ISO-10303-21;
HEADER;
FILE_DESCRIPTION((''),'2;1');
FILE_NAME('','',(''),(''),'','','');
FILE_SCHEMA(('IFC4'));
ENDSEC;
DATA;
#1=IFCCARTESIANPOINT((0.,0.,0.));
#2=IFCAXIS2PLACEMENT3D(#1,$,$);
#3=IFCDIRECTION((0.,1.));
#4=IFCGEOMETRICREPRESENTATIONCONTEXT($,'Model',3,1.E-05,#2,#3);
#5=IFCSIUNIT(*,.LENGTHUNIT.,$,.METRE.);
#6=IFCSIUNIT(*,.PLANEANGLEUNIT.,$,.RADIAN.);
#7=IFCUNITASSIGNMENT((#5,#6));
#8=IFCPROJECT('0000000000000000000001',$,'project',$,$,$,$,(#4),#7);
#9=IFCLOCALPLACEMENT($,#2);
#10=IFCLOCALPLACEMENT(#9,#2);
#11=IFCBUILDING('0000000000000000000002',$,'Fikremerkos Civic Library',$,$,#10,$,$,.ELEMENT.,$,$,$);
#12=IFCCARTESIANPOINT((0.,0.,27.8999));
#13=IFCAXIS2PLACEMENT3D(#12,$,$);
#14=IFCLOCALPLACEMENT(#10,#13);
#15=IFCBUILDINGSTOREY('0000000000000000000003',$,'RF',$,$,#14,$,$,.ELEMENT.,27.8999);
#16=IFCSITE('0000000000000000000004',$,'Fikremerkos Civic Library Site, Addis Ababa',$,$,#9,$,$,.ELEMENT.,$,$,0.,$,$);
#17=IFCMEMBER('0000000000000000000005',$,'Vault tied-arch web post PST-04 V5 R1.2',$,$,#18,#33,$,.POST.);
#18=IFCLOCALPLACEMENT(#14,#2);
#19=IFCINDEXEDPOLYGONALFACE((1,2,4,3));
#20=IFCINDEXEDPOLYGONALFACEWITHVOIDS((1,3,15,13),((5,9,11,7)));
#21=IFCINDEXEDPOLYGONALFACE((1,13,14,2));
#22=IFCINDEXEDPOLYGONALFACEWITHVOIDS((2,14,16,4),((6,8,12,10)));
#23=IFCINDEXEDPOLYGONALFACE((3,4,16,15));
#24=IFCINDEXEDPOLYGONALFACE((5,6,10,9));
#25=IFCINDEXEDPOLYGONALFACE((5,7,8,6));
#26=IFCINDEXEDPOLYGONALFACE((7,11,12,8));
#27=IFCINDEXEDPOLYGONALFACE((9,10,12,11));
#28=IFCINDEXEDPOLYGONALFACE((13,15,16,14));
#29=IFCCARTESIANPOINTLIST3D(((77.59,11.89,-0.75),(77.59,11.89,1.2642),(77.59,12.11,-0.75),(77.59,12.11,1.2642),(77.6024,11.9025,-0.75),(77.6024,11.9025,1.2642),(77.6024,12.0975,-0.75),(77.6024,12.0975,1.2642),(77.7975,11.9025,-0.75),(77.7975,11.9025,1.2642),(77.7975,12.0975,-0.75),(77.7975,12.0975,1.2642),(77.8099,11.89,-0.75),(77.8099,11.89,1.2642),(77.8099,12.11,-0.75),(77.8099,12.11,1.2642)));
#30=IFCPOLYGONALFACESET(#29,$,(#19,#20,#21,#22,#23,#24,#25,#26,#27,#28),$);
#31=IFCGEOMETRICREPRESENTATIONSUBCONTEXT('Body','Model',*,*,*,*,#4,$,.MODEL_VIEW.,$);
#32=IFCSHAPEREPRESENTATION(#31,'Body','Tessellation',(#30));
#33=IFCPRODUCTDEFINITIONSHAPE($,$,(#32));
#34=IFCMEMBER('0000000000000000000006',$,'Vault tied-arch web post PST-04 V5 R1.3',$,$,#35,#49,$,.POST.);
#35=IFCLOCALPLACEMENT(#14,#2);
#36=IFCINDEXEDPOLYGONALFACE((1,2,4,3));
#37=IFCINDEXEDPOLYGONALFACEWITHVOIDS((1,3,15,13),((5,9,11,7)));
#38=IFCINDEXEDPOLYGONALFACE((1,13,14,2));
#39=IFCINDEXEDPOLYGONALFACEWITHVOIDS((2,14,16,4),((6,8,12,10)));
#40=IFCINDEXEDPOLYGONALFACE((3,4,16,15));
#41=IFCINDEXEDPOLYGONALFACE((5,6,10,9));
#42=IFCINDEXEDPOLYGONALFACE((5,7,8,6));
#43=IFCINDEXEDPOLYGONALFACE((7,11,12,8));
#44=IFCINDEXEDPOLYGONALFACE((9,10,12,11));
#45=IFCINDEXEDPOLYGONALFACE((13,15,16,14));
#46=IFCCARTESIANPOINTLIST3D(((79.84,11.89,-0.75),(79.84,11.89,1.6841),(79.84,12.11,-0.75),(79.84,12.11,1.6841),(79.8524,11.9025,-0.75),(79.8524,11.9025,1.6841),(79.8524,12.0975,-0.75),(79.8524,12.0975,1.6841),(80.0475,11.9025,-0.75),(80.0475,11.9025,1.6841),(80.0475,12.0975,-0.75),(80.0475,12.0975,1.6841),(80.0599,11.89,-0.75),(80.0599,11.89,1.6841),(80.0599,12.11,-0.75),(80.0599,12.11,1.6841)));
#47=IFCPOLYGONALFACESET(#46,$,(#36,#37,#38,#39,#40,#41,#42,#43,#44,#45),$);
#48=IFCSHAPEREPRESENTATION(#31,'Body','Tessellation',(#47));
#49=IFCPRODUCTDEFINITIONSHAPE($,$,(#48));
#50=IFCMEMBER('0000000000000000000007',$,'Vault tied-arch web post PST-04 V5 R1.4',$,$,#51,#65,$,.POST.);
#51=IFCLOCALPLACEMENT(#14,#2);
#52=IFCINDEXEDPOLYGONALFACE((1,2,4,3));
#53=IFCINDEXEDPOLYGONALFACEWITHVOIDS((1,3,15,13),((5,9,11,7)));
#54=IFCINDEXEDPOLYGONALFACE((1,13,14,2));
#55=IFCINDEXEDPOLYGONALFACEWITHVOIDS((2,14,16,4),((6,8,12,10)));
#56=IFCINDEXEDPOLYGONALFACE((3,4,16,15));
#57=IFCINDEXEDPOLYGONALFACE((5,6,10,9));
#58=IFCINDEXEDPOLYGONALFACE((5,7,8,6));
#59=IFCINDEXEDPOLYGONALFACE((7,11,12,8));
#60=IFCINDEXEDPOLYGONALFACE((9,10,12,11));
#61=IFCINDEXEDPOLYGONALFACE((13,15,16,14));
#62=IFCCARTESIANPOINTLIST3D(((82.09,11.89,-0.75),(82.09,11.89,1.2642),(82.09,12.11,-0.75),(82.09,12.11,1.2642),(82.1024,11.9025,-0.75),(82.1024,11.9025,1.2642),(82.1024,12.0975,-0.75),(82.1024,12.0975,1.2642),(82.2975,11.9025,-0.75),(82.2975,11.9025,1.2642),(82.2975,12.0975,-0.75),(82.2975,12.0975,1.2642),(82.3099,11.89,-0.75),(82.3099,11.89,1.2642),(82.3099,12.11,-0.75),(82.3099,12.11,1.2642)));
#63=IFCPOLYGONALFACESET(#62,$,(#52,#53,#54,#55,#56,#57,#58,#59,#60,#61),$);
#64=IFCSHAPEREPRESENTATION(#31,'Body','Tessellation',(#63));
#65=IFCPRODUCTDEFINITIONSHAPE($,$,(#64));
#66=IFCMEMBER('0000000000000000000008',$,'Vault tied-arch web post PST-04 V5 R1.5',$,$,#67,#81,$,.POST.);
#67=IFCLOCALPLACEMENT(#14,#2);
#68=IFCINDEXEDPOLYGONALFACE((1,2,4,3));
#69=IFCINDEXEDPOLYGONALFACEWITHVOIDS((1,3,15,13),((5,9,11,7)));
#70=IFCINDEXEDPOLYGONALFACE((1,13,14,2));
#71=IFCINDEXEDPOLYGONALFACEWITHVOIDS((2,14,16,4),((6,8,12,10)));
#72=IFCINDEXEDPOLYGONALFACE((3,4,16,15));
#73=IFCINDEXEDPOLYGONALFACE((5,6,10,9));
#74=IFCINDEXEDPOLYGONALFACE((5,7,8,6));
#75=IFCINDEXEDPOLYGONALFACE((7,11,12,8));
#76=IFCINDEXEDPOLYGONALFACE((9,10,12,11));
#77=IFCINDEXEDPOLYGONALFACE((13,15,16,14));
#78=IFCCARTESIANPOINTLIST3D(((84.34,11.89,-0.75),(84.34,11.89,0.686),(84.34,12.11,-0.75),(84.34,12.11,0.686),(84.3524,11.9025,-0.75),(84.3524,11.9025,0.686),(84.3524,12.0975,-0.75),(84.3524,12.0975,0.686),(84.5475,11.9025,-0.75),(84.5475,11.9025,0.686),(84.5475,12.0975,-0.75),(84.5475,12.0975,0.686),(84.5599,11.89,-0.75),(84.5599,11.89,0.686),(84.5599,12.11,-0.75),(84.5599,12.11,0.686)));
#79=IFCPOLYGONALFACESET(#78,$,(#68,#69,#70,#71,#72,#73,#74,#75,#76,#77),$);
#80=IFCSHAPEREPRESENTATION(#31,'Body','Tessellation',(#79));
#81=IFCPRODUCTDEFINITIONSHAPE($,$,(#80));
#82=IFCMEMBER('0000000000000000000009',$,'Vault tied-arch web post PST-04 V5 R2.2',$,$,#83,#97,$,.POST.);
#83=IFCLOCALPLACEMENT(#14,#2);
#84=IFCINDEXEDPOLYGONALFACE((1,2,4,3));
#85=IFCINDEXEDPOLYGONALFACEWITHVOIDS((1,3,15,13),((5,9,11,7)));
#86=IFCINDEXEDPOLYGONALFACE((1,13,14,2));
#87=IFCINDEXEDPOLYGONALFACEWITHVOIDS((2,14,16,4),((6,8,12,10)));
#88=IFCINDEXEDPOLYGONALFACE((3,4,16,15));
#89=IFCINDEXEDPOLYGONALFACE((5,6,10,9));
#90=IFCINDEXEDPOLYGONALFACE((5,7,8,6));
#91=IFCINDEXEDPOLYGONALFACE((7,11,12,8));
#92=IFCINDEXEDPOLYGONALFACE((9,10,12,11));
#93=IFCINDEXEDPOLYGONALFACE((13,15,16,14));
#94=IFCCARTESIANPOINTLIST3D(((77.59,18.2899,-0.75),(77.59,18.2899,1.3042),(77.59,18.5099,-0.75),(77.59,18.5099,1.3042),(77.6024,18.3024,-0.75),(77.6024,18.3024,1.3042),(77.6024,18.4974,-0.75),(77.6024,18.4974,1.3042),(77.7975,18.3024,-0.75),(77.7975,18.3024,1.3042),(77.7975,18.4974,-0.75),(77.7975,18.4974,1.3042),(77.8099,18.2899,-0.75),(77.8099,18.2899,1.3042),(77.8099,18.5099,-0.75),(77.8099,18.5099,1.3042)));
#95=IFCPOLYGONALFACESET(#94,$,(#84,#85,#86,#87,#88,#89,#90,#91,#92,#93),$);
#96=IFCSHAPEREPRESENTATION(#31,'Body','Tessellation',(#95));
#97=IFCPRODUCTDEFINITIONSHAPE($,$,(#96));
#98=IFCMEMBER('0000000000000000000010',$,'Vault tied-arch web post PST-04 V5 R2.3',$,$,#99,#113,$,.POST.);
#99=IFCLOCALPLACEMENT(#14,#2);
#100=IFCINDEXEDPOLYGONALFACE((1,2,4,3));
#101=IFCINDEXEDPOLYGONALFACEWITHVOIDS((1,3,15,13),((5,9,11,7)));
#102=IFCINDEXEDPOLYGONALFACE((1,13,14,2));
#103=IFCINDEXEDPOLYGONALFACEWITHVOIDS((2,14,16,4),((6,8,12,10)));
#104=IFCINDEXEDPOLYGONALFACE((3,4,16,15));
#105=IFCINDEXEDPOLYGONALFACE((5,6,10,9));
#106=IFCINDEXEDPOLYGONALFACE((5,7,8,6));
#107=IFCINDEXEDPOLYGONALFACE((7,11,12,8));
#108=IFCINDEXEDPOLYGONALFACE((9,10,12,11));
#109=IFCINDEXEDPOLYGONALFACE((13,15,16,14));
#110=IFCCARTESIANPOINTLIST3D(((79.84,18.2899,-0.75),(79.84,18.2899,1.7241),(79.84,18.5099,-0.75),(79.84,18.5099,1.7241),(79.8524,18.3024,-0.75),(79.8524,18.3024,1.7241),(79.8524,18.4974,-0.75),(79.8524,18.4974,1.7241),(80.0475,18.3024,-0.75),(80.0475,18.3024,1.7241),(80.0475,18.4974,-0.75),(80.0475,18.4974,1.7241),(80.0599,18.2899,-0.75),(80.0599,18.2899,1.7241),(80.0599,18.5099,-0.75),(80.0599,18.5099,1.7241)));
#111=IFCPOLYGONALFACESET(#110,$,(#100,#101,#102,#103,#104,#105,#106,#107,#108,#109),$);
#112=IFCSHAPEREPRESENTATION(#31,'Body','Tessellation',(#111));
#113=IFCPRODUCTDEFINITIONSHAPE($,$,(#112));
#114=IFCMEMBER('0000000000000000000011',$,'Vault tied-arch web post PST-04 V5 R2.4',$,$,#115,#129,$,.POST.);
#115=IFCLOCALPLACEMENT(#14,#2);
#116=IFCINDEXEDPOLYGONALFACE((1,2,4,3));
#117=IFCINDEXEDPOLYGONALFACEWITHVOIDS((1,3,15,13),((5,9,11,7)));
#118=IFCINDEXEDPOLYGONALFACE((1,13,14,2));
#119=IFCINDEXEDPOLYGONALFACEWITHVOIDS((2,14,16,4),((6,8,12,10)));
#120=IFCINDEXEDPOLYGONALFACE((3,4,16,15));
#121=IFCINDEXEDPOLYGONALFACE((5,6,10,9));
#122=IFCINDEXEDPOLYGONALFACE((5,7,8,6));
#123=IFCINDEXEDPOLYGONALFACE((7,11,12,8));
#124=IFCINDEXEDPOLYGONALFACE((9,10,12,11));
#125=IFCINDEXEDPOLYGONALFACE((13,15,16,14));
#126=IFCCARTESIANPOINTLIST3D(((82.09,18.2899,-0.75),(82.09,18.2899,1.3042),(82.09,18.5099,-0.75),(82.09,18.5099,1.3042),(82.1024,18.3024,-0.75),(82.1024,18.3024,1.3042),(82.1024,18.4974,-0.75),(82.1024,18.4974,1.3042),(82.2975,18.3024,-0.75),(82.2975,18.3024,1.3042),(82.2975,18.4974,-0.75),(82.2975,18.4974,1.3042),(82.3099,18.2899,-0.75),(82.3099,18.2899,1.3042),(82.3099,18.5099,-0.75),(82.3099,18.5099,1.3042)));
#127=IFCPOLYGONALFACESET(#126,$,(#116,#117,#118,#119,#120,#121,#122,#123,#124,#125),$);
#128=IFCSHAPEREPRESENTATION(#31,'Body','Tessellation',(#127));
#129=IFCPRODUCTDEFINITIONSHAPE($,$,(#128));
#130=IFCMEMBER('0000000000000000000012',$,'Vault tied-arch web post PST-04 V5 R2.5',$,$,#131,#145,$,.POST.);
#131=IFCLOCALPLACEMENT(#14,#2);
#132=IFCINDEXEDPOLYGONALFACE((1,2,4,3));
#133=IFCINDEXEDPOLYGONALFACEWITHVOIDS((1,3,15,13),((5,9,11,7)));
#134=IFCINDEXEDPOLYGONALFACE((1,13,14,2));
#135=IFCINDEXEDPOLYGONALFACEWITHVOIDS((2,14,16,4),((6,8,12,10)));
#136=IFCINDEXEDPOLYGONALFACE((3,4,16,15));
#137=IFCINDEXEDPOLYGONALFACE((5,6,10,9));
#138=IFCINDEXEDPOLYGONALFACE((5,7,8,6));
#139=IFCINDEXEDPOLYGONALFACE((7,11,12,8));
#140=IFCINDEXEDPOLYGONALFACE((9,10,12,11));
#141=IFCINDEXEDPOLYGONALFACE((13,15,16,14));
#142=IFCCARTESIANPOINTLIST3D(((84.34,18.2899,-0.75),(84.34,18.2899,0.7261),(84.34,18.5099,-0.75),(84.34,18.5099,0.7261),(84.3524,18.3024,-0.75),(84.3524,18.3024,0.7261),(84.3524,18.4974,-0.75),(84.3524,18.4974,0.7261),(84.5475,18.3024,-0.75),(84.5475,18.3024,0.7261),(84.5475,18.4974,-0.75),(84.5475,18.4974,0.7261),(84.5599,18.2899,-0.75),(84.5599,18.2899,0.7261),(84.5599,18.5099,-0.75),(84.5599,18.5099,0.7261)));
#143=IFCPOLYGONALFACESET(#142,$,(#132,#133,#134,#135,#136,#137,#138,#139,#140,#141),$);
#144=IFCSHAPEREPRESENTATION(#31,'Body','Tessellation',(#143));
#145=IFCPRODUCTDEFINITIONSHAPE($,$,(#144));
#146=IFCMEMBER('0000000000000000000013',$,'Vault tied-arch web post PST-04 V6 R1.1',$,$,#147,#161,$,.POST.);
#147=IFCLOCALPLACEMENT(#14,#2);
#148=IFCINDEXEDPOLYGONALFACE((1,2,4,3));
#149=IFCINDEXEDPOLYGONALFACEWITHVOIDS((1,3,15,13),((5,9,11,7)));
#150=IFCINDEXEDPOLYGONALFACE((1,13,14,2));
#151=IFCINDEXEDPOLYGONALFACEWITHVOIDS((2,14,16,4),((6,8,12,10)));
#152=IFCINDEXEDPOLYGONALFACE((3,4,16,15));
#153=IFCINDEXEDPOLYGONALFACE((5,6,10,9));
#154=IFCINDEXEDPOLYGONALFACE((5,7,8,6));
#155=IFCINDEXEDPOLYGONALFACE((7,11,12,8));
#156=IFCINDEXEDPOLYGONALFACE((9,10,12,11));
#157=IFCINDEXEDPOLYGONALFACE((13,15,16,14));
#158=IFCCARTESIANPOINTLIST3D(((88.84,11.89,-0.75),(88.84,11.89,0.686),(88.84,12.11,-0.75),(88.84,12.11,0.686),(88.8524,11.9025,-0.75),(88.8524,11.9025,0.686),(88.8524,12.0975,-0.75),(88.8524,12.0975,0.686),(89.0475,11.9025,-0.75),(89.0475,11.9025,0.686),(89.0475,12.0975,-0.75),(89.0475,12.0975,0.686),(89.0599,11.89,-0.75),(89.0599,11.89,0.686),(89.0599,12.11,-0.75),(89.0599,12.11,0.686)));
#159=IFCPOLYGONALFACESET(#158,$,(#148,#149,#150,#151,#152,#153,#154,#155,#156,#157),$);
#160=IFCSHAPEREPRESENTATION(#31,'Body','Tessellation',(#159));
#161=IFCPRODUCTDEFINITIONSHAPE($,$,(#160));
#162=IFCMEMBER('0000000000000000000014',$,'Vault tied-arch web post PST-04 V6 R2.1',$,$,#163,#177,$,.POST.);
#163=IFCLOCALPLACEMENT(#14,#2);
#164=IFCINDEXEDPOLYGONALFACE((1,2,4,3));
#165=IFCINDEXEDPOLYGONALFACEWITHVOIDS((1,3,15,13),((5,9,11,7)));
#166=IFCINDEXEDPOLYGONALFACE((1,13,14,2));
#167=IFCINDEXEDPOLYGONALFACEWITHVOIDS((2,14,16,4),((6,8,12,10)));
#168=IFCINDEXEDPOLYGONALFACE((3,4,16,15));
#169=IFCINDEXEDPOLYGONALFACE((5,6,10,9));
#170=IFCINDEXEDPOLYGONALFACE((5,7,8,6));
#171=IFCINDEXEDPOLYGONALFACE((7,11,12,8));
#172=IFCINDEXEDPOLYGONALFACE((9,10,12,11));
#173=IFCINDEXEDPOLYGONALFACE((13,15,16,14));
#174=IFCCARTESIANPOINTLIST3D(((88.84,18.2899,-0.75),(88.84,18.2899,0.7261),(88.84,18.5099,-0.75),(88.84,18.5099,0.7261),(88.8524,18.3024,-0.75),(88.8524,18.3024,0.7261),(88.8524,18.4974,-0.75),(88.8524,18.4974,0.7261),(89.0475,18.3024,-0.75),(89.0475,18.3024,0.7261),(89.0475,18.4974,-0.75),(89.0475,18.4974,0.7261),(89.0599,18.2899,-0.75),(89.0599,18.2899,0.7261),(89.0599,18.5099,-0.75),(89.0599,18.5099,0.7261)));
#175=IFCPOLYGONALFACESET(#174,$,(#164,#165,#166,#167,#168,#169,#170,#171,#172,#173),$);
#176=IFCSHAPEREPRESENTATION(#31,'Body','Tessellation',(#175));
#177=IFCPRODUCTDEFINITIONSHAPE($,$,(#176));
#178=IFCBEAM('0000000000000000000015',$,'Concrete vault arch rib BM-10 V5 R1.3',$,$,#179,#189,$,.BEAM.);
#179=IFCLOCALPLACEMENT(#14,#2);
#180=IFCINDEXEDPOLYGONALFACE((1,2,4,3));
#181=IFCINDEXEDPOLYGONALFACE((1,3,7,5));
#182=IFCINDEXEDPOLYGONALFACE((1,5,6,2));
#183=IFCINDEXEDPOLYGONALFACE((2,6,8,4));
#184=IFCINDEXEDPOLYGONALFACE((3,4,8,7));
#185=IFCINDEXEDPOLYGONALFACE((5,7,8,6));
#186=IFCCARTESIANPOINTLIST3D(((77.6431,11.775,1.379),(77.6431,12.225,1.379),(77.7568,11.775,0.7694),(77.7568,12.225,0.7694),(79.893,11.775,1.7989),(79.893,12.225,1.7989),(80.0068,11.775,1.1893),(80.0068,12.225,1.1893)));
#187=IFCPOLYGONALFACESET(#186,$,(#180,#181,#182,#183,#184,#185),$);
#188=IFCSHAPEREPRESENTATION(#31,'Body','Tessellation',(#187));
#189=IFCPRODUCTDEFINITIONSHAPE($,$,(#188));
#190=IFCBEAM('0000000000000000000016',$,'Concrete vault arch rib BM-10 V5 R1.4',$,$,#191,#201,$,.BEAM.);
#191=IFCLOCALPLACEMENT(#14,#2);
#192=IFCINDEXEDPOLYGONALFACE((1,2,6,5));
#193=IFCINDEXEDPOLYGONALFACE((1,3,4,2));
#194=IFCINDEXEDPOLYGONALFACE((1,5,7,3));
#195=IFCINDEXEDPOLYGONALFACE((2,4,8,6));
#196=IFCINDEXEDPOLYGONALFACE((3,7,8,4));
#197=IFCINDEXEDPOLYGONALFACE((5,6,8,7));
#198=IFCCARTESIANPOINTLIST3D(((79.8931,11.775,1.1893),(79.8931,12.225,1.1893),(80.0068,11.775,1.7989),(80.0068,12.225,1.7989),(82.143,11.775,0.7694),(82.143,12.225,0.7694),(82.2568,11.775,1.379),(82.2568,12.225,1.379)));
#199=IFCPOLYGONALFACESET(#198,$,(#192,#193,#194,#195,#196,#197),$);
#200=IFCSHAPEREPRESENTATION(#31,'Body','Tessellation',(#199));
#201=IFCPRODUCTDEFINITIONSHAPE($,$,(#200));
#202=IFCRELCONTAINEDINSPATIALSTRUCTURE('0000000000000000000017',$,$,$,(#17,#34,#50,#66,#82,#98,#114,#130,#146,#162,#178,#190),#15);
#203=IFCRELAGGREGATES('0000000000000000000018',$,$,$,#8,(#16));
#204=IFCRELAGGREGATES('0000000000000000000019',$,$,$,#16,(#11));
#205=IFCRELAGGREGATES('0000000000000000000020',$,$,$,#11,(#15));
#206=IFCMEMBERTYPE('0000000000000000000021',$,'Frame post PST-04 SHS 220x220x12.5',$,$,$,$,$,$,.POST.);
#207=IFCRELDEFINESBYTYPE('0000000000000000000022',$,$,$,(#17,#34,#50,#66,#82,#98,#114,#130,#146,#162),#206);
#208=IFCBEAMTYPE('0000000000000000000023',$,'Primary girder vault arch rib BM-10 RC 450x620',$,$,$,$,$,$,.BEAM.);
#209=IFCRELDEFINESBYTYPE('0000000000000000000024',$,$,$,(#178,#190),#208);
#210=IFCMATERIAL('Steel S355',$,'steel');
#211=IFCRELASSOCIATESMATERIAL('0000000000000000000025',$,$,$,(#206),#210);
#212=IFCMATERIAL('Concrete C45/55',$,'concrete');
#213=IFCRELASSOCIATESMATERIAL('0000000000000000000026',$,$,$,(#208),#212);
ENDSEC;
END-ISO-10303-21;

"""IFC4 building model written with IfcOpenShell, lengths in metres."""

from ifc_helpers import new_model, si_unit, direction, frame, origin, origin_2d, place, context, subcontext, project, spatial, rectangle, hollow_rectangle, extrude, material, material_profile, profile_set, type_object, element, save


model = new_model("IFC4")

# Units and contexts
model_context = context("Model", 3, precision=1e-05, world=origin(), true_north=direction((0.0, 1.0)))
body_context = subcontext(model_context, "Body", "Model", "MODEL_VIEW")
ifc_project = project(units=[si_unit("LENGTHUNIT", "METRE"), si_unit("PLANEANGLEUNIT", "RADIAN")], contexts=[model_context])

# Site, building, storey
site_placement = place(None, origin())
site = spatial("IfcSite", under=ifc_project, at=site_placement, Name="Fikremerkos Civic Library Site, Addis Ababa", CompositionType="ELEMENT", RefElevation=0.0)
building_placement = place(site_placement, origin())
building = spatial("IfcBuilding", under=site, at=building_placement, Name="Fikremerkos Civic Library", CompositionType="ELEMENT")
storey_placement = place(building_placement, frame((0.0, 0.0, 27.8999)))
storey = spatial("IfcBuildingStorey", under=building, at=storey_placement, Name="RF", CompositionType="ELEMENT", Elevation=27.8999)

# Members
ifc_material_1 = material(Name="Steel S355", Category="steel")
ifc_material_profile_1 = material_profile(ifc_material_1, hollow_rectangle(XDim=0.22, YDim=0.22, WallThickness=0.0125, at=origin_2d()), Name="SHS 220x220x12.5")
ifc_profile_set_1 = profile_set([ifc_material_profile_1], Name="Steel S355")
member_type_1 = type_object("IfcMemberType", Name="Frame post PST-04 SHS 220x220x12.5", PredefinedType="POST", material=ifc_profile_set_1)
member_1_placement = place(storey_placement, frame((77.7, 12.0, -0.75), z_axis=(0.0, 0.0, 1.0), x_axis=(1.0, 0.0, 0.0)))
element("IfcMember", 1, at=member_1_placement, inside=storey, type_object=member_type_1, Name="Vault tied-arch web post PST-04 V5 R1.2", PredefinedType="POST", context=body_context, shape_type="SweptSolid", body=[
    extrude(hollow_rectangle(XDim=0.22, YDim=0.22, WallThickness=0.0125, at=origin_2d()), origin(), (0.0, 0.0, 1.0), 2.0142),
])
member_2_placement = place(storey_placement, frame((79.95, 12.0, -0.75), z_axis=(0.0, 0.0, 1.0), x_axis=(1.0, 0.0, 0.0)))
element("IfcMember", 2, at=member_2_placement, inside=storey, type_object=member_type_1, Name="Vault tied-arch web post PST-04 V5 R1.3", PredefinedType="POST", context=body_context, shape_type="SweptSolid", body=[
    extrude(hollow_rectangle(XDim=0.22, YDim=0.22, WallThickness=0.0125, at=origin_2d()), origin(), (0.0, 0.0, 1.0), 2.4341),
])
member_3_placement = place(storey_placement, frame((82.2, 12.0, -0.75), z_axis=(0.0, 0.0, 1.0), x_axis=(1.0, 0.0, 0.0)))
element("IfcMember", 3, at=member_3_placement, inside=storey, type_object=member_type_1, Name="Vault tied-arch web post PST-04 V5 R1.4", PredefinedType="POST", context=body_context, shape_type="SweptSolid", body=[
    extrude(hollow_rectangle(XDim=0.22, YDim=0.22, WallThickness=0.0125, at=origin_2d()), origin(), (0.0, 0.0, 1.0), 2.0142),
])
member_4_placement = place(storey_placement, frame((84.45, 12.0, -0.75), z_axis=(0.0, 0.0, 1.0), x_axis=(1.0, 0.0, 0.0)))
element("IfcMember", 4, at=member_4_placement, inside=storey, type_object=member_type_1, Name="Vault tied-arch web post PST-04 V5 R1.5", PredefinedType="POST", context=body_context, shape_type="SweptSolid", body=[
    extrude(hollow_rectangle(XDim=0.22, YDim=0.22, WallThickness=0.0125, at=origin_2d()), origin(), (0.0, 0.0, 1.0), 1.436),
])
member_5_placement = place(storey_placement, frame((77.7, 18.3999, -0.75), z_axis=(0.0, 0.0, 1.0), x_axis=(1.0, 0.0, 0.0)))
element("IfcMember", 5, at=member_5_placement, inside=storey, type_object=member_type_1, Name="Vault tied-arch web post PST-04 V5 R2.2", PredefinedType="POST", context=body_context, shape_type="SweptSolid", body=[
    extrude(hollow_rectangle(XDim=0.22, YDim=0.22, WallThickness=0.0125, at=origin_2d()), origin(), (0.0, 0.0, 1.0), 2.0542),
])
member_6_placement = place(storey_placement, frame((79.95, 18.3999, -0.75), z_axis=(0.0, 0.0, 1.0), x_axis=(1.0, 0.0, 0.0)))
element("IfcMember", 6, at=member_6_placement, inside=storey, type_object=member_type_1, Name="Vault tied-arch web post PST-04 V5 R2.3", PredefinedType="POST", context=body_context, shape_type="SweptSolid", body=[
    extrude(hollow_rectangle(XDim=0.22, YDim=0.22, WallThickness=0.0125, at=origin_2d()), origin(), (0.0, 0.0, 1.0), 2.4741),
])
member_7_placement = place(storey_placement, frame((82.2, 18.3999, -0.75), z_axis=(0.0, 0.0, 1.0), x_axis=(1.0, 0.0, 0.0)))
element("IfcMember", 7, at=member_7_placement, inside=storey, type_object=member_type_1, Name="Vault tied-arch web post PST-04 V5 R2.4", PredefinedType="POST", context=body_context, shape_type="SweptSolid", body=[
    extrude(hollow_rectangle(XDim=0.22, YDim=0.22, WallThickness=0.0125, at=origin_2d()), origin(), (0.0, 0.0, 1.0), 2.0542),
])
member_8_placement = place(storey_placement, frame((84.45, 18.3999, -0.75), z_axis=(0.0, 0.0, 1.0), x_axis=(1.0, 0.0, 0.0)))
element("IfcMember", 8, at=member_8_placement, inside=storey, type_object=member_type_1, Name="Vault tied-arch web post PST-04 V5 R2.5", PredefinedType="POST", context=body_context, shape_type="SweptSolid", body=[
    extrude(hollow_rectangle(XDim=0.22, YDim=0.22, WallThickness=0.0125, at=origin_2d()), origin(), (0.0, 0.0, 1.0), 1.4761),
])
member_9_placement = place(storey_placement, frame((88.95, 12.0, -0.75), z_axis=(0.0, 0.0, 1.0), x_axis=(1.0, 0.0, 0.0)))
element("IfcMember", 9, at=member_9_placement, inside=storey, type_object=member_type_1, Name="Vault tied-arch web post PST-04 V6 R1.1", PredefinedType="POST", context=body_context, shape_type="SweptSolid", body=[
    extrude(hollow_rectangle(XDim=0.22, YDim=0.22, WallThickness=0.0125, at=origin_2d()), origin(), (0.0, 0.0, 1.0), 1.436),
])
member_10_placement = place(storey_placement, frame((88.95, 18.3999, -0.75), z_axis=(0.0, 0.0, 1.0), x_axis=(1.0, 0.0, 0.0)))
element("IfcMember", 10, at=member_10_placement, inside=storey, type_object=member_type_1, Name="Vault tied-arch web post PST-04 V6 R2.1", PredefinedType="POST", context=body_context, shape_type="SweptSolid", body=[
    extrude(hollow_rectangle(XDim=0.22, YDim=0.22, WallThickness=0.0125, at=origin_2d()), origin(), (0.0, 0.0, 1.0), 1.4761),
])

# Beams
ifc_material_2 = material(Name="Concrete C45/55", Category="concrete")
ifc_material_profile_2 = material_profile(ifc_material_2, rectangle(XDim=0.45, YDim=0.6201, at=origin_2d()), Name="RC 450x620")
ifc_profile_set_2 = profile_set([ifc_material_profile_2], Name="Concrete C45/55")
beam_type_1 = type_object("IfcBeamType", Name="Primary girder vault arch rib BM-10 RC 450x620", PredefinedType="BEAM", material=ifc_profile_set_2)
for number, where, z_axis, x_axis, name in (
    (11, (77.7, 12.0, 1.0742), (0.983026, 0.0, 0.183464), (0.0, 1.0, 0.0), "Concrete vault arch rib BM-10 V5 R1.3"),
    (12, (79.95, 12.0, 1.4941), (0.983026, 0.0, -0.183464), (0.0, 1.0, 0.0), "Concrete vault arch rib BM-10 V5 R1.4"),
):
    element("IfcBeam", number, at=place(storey_placement, frame(where, z_axis=z_axis, x_axis=x_axis)), inside=storey, type_object=beam_type_1, Name=name, PredefinedType="BEAM", context=body_context, shape_type="SweptSolid", body=[
        extrude(rectangle(XDim=0.45, YDim=0.6201, at=origin_2d()), origin(), (0.0, 0.0, 1.0), 2.2888),
    ])

save(model, "model.ifc")
